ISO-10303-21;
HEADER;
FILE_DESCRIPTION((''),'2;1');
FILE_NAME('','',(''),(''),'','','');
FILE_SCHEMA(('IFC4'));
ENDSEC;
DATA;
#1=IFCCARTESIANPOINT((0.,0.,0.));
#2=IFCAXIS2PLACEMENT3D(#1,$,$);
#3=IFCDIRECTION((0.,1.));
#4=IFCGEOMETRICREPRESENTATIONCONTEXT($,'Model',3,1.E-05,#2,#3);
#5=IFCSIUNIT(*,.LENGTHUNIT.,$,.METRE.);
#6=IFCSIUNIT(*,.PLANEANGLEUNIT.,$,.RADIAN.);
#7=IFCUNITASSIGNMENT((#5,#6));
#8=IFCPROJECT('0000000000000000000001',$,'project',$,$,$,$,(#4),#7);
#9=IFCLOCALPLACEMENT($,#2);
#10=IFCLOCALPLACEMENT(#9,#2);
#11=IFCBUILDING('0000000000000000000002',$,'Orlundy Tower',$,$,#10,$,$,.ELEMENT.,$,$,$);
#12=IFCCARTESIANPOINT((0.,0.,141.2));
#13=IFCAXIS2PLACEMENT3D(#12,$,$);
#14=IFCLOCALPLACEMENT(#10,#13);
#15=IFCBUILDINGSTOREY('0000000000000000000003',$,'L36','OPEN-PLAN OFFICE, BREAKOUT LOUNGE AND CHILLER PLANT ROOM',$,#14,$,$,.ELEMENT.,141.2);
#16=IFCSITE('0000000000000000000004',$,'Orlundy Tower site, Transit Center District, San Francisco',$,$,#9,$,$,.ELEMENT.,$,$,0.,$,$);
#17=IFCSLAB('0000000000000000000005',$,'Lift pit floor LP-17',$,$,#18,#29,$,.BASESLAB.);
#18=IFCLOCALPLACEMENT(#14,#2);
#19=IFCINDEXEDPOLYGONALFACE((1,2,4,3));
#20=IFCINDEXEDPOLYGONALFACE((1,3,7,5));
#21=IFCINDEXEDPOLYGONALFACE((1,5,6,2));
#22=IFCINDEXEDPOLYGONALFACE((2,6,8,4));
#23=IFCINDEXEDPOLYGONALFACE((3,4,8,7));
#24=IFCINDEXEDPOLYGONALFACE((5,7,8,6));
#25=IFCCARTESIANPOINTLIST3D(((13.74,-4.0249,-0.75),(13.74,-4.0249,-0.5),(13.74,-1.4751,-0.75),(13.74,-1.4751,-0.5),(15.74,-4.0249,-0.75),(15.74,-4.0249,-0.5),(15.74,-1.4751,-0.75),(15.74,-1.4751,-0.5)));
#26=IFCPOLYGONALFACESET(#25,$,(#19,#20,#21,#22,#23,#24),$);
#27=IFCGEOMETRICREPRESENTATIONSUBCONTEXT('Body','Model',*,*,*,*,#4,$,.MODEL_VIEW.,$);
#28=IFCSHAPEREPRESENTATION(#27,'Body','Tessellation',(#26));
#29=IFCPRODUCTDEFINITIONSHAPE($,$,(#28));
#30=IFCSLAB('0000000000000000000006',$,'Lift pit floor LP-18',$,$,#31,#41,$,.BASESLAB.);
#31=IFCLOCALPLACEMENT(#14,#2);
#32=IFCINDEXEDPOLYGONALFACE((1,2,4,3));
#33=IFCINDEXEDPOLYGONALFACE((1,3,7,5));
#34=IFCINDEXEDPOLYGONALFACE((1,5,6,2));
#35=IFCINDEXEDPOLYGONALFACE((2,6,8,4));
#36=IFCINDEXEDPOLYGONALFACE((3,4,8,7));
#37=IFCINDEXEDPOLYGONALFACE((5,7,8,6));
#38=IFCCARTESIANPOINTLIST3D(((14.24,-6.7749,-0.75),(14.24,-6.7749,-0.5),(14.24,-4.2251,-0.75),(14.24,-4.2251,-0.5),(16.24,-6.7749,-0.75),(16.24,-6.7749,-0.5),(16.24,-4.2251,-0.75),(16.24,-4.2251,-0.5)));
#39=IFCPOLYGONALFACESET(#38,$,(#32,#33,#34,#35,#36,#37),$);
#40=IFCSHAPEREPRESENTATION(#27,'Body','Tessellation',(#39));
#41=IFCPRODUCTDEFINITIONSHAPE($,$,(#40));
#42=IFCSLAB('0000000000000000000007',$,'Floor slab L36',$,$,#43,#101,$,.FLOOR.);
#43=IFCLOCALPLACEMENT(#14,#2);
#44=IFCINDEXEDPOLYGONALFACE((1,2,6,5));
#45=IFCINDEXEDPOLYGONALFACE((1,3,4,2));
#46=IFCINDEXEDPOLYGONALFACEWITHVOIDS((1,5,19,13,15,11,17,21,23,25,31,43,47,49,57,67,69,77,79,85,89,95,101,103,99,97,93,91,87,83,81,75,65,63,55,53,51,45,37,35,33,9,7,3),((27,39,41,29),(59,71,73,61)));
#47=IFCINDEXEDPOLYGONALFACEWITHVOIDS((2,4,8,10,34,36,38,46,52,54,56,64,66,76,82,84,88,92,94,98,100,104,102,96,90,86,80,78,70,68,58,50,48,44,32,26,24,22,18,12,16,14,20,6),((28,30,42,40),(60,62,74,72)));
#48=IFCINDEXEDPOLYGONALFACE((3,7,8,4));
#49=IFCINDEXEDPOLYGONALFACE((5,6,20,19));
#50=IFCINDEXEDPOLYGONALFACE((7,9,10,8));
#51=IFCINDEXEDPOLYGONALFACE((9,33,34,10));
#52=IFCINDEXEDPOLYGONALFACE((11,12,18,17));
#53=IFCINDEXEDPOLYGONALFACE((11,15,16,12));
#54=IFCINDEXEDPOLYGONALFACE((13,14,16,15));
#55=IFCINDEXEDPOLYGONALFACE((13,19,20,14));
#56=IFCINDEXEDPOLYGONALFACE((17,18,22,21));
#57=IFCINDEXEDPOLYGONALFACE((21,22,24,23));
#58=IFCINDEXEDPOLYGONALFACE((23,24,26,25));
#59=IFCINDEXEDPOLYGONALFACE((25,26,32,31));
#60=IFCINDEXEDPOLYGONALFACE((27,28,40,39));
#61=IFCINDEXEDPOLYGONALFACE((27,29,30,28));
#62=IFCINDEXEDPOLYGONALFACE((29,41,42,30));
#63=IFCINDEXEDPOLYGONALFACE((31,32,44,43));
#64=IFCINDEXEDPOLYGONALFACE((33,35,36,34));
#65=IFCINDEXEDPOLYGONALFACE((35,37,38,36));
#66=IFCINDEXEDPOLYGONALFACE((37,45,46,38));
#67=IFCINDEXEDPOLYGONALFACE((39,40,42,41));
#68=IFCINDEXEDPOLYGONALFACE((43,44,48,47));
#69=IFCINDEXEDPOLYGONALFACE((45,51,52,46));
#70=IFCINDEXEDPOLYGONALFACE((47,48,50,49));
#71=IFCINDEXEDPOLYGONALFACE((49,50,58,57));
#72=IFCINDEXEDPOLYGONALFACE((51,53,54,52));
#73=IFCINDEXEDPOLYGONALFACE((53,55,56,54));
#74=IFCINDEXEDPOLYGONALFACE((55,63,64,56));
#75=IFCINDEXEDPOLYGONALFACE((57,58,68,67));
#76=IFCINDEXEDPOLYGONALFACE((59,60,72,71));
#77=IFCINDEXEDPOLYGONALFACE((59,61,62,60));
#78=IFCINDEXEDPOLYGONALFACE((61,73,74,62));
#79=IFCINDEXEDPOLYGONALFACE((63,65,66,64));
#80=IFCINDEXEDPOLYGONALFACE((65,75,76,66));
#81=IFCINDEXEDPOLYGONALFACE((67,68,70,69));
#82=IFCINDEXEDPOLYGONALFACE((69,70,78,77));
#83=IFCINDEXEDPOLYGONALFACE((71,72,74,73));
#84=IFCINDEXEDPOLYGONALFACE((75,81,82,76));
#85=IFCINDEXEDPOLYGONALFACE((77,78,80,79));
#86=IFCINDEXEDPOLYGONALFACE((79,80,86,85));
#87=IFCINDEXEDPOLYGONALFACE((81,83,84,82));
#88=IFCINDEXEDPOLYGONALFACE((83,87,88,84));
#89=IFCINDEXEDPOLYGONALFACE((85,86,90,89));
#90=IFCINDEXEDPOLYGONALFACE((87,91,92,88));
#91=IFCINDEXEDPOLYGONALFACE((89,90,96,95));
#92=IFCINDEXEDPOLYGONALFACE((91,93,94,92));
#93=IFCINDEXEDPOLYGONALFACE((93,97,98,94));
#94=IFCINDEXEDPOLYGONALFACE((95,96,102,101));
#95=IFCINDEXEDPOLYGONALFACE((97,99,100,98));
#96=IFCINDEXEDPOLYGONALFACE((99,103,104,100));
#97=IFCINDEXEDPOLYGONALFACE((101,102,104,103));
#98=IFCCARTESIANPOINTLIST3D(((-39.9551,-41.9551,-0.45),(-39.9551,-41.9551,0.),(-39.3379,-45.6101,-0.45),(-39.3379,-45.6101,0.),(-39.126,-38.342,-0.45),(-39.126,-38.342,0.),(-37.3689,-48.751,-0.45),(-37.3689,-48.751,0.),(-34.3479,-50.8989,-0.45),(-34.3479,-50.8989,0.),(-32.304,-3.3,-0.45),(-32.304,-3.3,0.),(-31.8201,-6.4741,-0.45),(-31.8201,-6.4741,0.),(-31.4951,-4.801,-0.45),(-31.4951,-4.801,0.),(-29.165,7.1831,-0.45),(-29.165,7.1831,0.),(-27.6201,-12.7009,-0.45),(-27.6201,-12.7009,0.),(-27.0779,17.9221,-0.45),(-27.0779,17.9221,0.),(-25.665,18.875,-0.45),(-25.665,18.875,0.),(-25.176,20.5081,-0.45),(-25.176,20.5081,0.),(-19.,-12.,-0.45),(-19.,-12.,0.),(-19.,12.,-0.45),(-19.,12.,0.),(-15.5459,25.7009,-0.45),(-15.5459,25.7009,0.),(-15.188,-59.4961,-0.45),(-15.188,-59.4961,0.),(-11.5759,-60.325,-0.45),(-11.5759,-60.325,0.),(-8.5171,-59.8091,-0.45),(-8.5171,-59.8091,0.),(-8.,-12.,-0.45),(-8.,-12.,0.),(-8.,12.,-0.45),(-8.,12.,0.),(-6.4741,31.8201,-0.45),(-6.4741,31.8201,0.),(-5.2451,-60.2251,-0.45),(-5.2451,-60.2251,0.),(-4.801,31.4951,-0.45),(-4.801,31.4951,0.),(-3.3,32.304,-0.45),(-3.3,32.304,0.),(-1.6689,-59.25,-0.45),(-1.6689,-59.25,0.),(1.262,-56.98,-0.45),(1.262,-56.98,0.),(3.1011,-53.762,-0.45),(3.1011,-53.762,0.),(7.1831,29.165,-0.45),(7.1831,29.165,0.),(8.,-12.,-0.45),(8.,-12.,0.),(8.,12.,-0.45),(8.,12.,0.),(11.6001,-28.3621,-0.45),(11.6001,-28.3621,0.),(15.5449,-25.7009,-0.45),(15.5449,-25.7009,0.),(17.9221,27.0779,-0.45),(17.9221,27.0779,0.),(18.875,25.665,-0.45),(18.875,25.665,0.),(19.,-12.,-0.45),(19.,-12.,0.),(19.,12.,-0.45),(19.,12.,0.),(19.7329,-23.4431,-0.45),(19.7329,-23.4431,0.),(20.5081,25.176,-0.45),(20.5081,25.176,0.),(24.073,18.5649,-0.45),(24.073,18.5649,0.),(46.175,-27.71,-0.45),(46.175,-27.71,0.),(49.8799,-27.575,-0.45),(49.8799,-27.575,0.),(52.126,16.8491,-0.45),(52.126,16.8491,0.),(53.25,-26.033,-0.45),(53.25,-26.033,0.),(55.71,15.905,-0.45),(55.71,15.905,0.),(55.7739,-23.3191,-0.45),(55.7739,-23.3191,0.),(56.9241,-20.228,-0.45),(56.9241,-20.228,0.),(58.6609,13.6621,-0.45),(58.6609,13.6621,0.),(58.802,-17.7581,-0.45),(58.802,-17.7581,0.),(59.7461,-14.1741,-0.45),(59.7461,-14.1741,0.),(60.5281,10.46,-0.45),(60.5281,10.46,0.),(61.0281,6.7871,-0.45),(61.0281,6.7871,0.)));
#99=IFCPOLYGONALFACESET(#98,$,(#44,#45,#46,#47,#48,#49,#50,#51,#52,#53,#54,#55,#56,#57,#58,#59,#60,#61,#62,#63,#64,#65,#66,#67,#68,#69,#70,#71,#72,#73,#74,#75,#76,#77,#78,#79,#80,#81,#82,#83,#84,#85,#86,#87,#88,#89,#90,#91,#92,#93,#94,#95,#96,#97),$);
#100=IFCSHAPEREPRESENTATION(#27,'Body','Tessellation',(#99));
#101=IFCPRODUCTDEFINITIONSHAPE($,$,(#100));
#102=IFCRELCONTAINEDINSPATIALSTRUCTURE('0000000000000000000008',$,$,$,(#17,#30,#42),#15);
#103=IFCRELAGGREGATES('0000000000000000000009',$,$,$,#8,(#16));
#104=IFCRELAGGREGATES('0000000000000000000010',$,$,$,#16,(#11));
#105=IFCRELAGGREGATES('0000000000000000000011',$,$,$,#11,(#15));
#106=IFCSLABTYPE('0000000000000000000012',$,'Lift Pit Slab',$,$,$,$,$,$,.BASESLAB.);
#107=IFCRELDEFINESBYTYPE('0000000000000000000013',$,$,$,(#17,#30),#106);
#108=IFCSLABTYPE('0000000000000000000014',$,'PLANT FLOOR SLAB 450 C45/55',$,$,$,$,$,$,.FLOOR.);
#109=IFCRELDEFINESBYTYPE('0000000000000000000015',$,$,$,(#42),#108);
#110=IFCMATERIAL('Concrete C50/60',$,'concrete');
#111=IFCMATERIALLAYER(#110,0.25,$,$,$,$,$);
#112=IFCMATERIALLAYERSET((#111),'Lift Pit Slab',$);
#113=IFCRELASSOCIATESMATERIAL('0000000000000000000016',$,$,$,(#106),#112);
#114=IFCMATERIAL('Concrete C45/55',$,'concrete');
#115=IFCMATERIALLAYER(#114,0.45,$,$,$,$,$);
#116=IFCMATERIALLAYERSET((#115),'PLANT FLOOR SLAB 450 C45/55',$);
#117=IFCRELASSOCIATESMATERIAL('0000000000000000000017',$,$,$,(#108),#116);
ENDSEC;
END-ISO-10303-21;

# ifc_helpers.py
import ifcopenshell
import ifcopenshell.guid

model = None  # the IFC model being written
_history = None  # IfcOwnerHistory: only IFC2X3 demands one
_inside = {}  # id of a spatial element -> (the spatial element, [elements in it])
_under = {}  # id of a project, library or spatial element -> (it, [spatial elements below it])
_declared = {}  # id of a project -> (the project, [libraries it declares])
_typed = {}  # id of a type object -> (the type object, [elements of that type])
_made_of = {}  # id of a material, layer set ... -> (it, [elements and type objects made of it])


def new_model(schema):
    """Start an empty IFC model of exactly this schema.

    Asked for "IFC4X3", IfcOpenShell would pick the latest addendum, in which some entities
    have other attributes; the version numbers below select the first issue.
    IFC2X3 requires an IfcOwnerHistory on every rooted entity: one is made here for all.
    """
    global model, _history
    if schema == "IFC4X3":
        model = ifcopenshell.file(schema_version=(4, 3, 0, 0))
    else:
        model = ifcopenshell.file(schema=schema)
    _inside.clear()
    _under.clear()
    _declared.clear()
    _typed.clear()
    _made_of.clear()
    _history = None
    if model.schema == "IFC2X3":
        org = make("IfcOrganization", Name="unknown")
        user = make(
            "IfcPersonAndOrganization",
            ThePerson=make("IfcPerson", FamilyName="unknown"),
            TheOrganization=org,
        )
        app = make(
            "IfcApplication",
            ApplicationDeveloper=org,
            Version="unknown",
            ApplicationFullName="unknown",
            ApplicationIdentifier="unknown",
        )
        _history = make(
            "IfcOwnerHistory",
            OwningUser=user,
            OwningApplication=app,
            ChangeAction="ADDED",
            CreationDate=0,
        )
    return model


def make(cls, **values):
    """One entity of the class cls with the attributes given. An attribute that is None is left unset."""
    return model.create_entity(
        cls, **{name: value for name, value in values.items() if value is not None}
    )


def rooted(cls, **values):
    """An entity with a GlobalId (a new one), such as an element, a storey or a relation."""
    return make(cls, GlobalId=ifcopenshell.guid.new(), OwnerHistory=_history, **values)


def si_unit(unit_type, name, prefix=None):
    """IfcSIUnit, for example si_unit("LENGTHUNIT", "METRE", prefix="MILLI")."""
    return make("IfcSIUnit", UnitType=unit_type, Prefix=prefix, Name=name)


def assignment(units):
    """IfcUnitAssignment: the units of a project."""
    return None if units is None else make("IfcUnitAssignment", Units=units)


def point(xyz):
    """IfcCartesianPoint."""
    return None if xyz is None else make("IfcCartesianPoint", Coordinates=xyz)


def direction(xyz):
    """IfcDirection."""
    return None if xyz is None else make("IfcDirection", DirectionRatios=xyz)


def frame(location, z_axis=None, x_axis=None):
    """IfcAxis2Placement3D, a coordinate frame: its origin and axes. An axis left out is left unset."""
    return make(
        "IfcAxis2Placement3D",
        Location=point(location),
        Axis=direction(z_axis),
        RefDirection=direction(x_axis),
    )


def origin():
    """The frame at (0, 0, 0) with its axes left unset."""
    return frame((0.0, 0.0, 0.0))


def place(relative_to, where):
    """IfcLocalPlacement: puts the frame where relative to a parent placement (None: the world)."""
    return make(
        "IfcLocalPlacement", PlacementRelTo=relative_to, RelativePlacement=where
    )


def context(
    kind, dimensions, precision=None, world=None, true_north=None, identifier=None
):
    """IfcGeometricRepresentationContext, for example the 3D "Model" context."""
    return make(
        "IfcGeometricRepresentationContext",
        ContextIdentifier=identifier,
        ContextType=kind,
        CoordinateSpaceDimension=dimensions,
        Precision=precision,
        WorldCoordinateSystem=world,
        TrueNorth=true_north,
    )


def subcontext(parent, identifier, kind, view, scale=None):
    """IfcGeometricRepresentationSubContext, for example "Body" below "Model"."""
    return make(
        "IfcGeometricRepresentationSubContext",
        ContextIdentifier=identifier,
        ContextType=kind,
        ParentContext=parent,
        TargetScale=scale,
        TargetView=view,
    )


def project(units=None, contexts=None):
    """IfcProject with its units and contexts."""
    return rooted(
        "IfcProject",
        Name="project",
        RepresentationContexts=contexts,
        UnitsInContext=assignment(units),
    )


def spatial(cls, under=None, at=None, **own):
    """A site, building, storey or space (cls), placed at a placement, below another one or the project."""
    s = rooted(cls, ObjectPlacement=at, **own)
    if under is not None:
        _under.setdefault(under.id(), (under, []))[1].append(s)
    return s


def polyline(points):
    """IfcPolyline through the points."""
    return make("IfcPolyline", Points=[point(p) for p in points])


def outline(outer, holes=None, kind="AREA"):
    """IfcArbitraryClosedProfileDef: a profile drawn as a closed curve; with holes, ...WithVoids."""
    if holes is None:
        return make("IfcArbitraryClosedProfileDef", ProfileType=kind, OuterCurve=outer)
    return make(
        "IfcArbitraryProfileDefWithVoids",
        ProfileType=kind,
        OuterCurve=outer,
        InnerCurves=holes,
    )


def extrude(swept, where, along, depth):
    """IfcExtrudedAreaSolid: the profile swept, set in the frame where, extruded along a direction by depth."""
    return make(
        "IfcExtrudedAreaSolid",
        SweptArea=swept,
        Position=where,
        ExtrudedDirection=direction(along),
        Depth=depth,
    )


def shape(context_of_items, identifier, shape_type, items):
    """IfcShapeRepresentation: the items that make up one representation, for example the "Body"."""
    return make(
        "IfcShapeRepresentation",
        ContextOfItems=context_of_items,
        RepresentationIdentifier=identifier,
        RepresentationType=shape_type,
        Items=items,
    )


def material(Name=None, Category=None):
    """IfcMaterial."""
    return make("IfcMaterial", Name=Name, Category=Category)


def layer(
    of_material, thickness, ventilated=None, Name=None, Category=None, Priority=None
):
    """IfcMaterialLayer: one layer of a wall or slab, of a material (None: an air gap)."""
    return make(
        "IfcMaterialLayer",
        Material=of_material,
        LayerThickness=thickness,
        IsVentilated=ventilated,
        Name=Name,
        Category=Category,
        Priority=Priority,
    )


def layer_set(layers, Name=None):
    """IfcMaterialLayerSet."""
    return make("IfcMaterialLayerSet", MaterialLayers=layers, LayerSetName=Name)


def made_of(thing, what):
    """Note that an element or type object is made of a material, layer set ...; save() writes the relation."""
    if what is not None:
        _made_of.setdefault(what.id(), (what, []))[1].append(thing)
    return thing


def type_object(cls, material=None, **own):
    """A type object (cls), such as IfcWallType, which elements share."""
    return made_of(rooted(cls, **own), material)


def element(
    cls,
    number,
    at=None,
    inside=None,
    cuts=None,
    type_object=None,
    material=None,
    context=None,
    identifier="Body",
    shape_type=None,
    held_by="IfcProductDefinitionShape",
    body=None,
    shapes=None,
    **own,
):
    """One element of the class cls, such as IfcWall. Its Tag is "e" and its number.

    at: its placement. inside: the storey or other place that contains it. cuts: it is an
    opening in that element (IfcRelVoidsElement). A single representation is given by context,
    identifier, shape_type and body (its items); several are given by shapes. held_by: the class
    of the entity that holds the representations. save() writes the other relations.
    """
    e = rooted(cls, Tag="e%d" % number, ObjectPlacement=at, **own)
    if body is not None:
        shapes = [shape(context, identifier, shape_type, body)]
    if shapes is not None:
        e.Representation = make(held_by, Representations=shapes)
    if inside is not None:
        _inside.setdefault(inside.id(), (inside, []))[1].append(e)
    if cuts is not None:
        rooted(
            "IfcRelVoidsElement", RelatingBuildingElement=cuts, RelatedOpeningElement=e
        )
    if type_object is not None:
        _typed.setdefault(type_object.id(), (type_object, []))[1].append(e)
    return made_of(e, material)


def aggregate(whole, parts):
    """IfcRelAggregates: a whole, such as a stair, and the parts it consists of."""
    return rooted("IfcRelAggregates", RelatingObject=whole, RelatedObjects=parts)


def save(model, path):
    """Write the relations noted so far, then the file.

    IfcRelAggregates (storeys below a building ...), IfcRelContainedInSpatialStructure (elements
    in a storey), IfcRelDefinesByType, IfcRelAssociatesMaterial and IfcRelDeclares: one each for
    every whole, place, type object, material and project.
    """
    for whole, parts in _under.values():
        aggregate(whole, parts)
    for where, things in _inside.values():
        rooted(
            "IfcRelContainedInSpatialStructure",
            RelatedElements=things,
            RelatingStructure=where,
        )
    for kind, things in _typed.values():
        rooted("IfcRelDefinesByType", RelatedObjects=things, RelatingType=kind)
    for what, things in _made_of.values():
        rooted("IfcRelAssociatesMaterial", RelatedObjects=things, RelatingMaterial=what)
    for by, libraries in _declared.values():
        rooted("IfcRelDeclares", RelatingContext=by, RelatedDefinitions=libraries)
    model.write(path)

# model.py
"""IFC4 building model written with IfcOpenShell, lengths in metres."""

from ifc_helpers import new_model, si_unit, direction, frame, origin, place, context, subcontext, project, spatial, polyline, outline, extrude, material, layer, layer_set, type_object, element, save


model = new_model("IFC4")

# Units and contexts
model_context = context("Model", 3, precision=1e-05, world=origin(), true_north=direction((0.0, 1.0)))
body_context = subcontext(model_context, "Body", "Model", "MODEL_VIEW")
ifc_project = project(units=[si_unit("LENGTHUNIT", "METRE"), si_unit("PLANEANGLEUNIT", "RADIAN")], contexts=[model_context])

# Site, building, storey
site_placement = place(None, origin())
site = spatial("IfcSite", under=ifc_project, at=site_placement, Name="Orlundy Tower site, Transit Center District, San Francisco", CompositionType="ELEMENT", RefElevation=0.0)
building_placement = place(site_placement, origin())
building = spatial("IfcBuilding", under=site, at=building_placement, Name="Orlundy Tower", CompositionType="ELEMENT")
storey_placement = place(building_placement, frame((0.0, 0.0, 141.2)))
storey = spatial("IfcBuildingStorey", under=building, at=storey_placement, Name="L36", Description="OPEN-PLAN OFFICE, BREAKOUT LOUNGE AND CHILLER PLANT ROOM", CompositionType="ELEMENT", Elevation=141.2)

# Slabs
ifc_material_1 = material(Name="Concrete C50/60", Category="concrete")
ifc_layer_1 = layer(ifc_material_1, 0.25)
ifc_layer_set_1 = layer_set([ifc_layer_1], Name="Lift Pit Slab")
slab_type_1 = type_object("IfcSlabType", Name="Lift Pit Slab", PredefinedType="BASESLAB", material=ifc_layer_set_1)
slab_1_placement = place(storey_placement, frame((0.0, 0.0, -0.75)))
element("IfcSlab", 1, at=slab_1_placement, inside=storey, type_object=slab_type_1, Name="Lift pit floor LP-17", PredefinedType="BASESLAB", context=body_context, shape_type="SweptSolid", body=[
    extrude(outline(polyline([(13.74, -1.4751), (15.74, -1.4751), (15.74, -4.0249), (13.74, -4.0249), (13.74, -1.4751)])), origin(), (0.0, 0.0, 1.0), 0.25),
])
slab_2_placement = place(storey_placement, frame((0.0, 0.0, -0.75)))
element("IfcSlab", 2, at=slab_2_placement, inside=storey, type_object=slab_type_1, Name="Lift pit floor LP-18", PredefinedType="BASESLAB", context=body_context, shape_type="SweptSolid", body=[
    extrude(outline(polyline([(14.24, -4.2251), (16.24, -4.2251), (16.24, -6.7749), (14.24, -6.7749), (14.24, -4.2251)])), origin(), (0.0, 0.0, 1.0), 0.25),
])
ifc_material_2 = material(Name="Concrete C45/55", Category="concrete")
ifc_layer_2 = layer(ifc_material_2, 0.45)
ifc_layer_set_2 = layer_set([ifc_layer_2], Name="PLANT FLOOR SLAB 450 C45/55")
slab_type_2 = type_object("IfcSlabType", Name="PLANT FLOOR SLAB 450 C45/55", PredefinedType="FLOOR", material=ifc_layer_set_2)
slab_3_placement = place(storey_placement, frame((0.0, 0.0, -0.45)))
element("IfcSlab", 3, at=slab_3_placement, inside=storey, type_object=slab_type_2, Name="Floor slab L36", PredefinedType="FLOOR", context=body_context, shape_type="SweptSolid", body=[
    extrude(outline(polyline([(3.1011, -53.762), (1.262, -56.98), (-1.6689, -59.25), (-5.2451, -60.2251), (-8.5171, -59.8091), (-11.5759, -60.325), (-15.188, -59.4961), (-34.3479, -50.8989), (-37.3689, -48.751), (-39.3379, -45.6101), (-39.9551, -41.9551), (-39.126, -38.342), (-27.6201, -12.7009), (-31.8201, -6.4741), (-31.4951, -4.801), (-32.304, -3.3), (-29.165, 7.1831), (-27.0779, 17.9221), (-25.665, 18.875), (-25.176, 20.5081), (-15.5459, 25.7009), (-6.4741, 31.8201), (-4.801, 31.4951), (-3.3, 32.304), (7.1831, 29.165), (17.9221, 27.0779), (18.875, 25.665), (20.5081, 25.176), (24.073, 18.5649), (52.126, 16.8491), (55.71, 15.905), (58.6609, 13.6621), (60.5281, 10.46), (61.0281, 6.7871), (59.7461, -14.1741), (58.802, -17.7581), (56.9241, -20.228), (55.7739, -23.3191), (53.25, -26.033), (49.8799, -27.575), (46.175, -27.71), (19.7329, -23.4431), (15.5449, -25.7009), (11.6001, -28.3621), (3.1011, -53.762)]), holes=[polyline([(-8.0, -12.0), (-8.0, 12.0), (-19.0, 12.0), (-19.0, -12.0), (-8.0, -12.0)]), polyline([(19.0, -12.0), (19.0, 12.0), (8.0, 12.0), (8.0, -12.0), (19.0, -12.0)])]), origin(), (0.0, 0.0, 1.0), 0.45),
])

save(model, "model.ifc")
